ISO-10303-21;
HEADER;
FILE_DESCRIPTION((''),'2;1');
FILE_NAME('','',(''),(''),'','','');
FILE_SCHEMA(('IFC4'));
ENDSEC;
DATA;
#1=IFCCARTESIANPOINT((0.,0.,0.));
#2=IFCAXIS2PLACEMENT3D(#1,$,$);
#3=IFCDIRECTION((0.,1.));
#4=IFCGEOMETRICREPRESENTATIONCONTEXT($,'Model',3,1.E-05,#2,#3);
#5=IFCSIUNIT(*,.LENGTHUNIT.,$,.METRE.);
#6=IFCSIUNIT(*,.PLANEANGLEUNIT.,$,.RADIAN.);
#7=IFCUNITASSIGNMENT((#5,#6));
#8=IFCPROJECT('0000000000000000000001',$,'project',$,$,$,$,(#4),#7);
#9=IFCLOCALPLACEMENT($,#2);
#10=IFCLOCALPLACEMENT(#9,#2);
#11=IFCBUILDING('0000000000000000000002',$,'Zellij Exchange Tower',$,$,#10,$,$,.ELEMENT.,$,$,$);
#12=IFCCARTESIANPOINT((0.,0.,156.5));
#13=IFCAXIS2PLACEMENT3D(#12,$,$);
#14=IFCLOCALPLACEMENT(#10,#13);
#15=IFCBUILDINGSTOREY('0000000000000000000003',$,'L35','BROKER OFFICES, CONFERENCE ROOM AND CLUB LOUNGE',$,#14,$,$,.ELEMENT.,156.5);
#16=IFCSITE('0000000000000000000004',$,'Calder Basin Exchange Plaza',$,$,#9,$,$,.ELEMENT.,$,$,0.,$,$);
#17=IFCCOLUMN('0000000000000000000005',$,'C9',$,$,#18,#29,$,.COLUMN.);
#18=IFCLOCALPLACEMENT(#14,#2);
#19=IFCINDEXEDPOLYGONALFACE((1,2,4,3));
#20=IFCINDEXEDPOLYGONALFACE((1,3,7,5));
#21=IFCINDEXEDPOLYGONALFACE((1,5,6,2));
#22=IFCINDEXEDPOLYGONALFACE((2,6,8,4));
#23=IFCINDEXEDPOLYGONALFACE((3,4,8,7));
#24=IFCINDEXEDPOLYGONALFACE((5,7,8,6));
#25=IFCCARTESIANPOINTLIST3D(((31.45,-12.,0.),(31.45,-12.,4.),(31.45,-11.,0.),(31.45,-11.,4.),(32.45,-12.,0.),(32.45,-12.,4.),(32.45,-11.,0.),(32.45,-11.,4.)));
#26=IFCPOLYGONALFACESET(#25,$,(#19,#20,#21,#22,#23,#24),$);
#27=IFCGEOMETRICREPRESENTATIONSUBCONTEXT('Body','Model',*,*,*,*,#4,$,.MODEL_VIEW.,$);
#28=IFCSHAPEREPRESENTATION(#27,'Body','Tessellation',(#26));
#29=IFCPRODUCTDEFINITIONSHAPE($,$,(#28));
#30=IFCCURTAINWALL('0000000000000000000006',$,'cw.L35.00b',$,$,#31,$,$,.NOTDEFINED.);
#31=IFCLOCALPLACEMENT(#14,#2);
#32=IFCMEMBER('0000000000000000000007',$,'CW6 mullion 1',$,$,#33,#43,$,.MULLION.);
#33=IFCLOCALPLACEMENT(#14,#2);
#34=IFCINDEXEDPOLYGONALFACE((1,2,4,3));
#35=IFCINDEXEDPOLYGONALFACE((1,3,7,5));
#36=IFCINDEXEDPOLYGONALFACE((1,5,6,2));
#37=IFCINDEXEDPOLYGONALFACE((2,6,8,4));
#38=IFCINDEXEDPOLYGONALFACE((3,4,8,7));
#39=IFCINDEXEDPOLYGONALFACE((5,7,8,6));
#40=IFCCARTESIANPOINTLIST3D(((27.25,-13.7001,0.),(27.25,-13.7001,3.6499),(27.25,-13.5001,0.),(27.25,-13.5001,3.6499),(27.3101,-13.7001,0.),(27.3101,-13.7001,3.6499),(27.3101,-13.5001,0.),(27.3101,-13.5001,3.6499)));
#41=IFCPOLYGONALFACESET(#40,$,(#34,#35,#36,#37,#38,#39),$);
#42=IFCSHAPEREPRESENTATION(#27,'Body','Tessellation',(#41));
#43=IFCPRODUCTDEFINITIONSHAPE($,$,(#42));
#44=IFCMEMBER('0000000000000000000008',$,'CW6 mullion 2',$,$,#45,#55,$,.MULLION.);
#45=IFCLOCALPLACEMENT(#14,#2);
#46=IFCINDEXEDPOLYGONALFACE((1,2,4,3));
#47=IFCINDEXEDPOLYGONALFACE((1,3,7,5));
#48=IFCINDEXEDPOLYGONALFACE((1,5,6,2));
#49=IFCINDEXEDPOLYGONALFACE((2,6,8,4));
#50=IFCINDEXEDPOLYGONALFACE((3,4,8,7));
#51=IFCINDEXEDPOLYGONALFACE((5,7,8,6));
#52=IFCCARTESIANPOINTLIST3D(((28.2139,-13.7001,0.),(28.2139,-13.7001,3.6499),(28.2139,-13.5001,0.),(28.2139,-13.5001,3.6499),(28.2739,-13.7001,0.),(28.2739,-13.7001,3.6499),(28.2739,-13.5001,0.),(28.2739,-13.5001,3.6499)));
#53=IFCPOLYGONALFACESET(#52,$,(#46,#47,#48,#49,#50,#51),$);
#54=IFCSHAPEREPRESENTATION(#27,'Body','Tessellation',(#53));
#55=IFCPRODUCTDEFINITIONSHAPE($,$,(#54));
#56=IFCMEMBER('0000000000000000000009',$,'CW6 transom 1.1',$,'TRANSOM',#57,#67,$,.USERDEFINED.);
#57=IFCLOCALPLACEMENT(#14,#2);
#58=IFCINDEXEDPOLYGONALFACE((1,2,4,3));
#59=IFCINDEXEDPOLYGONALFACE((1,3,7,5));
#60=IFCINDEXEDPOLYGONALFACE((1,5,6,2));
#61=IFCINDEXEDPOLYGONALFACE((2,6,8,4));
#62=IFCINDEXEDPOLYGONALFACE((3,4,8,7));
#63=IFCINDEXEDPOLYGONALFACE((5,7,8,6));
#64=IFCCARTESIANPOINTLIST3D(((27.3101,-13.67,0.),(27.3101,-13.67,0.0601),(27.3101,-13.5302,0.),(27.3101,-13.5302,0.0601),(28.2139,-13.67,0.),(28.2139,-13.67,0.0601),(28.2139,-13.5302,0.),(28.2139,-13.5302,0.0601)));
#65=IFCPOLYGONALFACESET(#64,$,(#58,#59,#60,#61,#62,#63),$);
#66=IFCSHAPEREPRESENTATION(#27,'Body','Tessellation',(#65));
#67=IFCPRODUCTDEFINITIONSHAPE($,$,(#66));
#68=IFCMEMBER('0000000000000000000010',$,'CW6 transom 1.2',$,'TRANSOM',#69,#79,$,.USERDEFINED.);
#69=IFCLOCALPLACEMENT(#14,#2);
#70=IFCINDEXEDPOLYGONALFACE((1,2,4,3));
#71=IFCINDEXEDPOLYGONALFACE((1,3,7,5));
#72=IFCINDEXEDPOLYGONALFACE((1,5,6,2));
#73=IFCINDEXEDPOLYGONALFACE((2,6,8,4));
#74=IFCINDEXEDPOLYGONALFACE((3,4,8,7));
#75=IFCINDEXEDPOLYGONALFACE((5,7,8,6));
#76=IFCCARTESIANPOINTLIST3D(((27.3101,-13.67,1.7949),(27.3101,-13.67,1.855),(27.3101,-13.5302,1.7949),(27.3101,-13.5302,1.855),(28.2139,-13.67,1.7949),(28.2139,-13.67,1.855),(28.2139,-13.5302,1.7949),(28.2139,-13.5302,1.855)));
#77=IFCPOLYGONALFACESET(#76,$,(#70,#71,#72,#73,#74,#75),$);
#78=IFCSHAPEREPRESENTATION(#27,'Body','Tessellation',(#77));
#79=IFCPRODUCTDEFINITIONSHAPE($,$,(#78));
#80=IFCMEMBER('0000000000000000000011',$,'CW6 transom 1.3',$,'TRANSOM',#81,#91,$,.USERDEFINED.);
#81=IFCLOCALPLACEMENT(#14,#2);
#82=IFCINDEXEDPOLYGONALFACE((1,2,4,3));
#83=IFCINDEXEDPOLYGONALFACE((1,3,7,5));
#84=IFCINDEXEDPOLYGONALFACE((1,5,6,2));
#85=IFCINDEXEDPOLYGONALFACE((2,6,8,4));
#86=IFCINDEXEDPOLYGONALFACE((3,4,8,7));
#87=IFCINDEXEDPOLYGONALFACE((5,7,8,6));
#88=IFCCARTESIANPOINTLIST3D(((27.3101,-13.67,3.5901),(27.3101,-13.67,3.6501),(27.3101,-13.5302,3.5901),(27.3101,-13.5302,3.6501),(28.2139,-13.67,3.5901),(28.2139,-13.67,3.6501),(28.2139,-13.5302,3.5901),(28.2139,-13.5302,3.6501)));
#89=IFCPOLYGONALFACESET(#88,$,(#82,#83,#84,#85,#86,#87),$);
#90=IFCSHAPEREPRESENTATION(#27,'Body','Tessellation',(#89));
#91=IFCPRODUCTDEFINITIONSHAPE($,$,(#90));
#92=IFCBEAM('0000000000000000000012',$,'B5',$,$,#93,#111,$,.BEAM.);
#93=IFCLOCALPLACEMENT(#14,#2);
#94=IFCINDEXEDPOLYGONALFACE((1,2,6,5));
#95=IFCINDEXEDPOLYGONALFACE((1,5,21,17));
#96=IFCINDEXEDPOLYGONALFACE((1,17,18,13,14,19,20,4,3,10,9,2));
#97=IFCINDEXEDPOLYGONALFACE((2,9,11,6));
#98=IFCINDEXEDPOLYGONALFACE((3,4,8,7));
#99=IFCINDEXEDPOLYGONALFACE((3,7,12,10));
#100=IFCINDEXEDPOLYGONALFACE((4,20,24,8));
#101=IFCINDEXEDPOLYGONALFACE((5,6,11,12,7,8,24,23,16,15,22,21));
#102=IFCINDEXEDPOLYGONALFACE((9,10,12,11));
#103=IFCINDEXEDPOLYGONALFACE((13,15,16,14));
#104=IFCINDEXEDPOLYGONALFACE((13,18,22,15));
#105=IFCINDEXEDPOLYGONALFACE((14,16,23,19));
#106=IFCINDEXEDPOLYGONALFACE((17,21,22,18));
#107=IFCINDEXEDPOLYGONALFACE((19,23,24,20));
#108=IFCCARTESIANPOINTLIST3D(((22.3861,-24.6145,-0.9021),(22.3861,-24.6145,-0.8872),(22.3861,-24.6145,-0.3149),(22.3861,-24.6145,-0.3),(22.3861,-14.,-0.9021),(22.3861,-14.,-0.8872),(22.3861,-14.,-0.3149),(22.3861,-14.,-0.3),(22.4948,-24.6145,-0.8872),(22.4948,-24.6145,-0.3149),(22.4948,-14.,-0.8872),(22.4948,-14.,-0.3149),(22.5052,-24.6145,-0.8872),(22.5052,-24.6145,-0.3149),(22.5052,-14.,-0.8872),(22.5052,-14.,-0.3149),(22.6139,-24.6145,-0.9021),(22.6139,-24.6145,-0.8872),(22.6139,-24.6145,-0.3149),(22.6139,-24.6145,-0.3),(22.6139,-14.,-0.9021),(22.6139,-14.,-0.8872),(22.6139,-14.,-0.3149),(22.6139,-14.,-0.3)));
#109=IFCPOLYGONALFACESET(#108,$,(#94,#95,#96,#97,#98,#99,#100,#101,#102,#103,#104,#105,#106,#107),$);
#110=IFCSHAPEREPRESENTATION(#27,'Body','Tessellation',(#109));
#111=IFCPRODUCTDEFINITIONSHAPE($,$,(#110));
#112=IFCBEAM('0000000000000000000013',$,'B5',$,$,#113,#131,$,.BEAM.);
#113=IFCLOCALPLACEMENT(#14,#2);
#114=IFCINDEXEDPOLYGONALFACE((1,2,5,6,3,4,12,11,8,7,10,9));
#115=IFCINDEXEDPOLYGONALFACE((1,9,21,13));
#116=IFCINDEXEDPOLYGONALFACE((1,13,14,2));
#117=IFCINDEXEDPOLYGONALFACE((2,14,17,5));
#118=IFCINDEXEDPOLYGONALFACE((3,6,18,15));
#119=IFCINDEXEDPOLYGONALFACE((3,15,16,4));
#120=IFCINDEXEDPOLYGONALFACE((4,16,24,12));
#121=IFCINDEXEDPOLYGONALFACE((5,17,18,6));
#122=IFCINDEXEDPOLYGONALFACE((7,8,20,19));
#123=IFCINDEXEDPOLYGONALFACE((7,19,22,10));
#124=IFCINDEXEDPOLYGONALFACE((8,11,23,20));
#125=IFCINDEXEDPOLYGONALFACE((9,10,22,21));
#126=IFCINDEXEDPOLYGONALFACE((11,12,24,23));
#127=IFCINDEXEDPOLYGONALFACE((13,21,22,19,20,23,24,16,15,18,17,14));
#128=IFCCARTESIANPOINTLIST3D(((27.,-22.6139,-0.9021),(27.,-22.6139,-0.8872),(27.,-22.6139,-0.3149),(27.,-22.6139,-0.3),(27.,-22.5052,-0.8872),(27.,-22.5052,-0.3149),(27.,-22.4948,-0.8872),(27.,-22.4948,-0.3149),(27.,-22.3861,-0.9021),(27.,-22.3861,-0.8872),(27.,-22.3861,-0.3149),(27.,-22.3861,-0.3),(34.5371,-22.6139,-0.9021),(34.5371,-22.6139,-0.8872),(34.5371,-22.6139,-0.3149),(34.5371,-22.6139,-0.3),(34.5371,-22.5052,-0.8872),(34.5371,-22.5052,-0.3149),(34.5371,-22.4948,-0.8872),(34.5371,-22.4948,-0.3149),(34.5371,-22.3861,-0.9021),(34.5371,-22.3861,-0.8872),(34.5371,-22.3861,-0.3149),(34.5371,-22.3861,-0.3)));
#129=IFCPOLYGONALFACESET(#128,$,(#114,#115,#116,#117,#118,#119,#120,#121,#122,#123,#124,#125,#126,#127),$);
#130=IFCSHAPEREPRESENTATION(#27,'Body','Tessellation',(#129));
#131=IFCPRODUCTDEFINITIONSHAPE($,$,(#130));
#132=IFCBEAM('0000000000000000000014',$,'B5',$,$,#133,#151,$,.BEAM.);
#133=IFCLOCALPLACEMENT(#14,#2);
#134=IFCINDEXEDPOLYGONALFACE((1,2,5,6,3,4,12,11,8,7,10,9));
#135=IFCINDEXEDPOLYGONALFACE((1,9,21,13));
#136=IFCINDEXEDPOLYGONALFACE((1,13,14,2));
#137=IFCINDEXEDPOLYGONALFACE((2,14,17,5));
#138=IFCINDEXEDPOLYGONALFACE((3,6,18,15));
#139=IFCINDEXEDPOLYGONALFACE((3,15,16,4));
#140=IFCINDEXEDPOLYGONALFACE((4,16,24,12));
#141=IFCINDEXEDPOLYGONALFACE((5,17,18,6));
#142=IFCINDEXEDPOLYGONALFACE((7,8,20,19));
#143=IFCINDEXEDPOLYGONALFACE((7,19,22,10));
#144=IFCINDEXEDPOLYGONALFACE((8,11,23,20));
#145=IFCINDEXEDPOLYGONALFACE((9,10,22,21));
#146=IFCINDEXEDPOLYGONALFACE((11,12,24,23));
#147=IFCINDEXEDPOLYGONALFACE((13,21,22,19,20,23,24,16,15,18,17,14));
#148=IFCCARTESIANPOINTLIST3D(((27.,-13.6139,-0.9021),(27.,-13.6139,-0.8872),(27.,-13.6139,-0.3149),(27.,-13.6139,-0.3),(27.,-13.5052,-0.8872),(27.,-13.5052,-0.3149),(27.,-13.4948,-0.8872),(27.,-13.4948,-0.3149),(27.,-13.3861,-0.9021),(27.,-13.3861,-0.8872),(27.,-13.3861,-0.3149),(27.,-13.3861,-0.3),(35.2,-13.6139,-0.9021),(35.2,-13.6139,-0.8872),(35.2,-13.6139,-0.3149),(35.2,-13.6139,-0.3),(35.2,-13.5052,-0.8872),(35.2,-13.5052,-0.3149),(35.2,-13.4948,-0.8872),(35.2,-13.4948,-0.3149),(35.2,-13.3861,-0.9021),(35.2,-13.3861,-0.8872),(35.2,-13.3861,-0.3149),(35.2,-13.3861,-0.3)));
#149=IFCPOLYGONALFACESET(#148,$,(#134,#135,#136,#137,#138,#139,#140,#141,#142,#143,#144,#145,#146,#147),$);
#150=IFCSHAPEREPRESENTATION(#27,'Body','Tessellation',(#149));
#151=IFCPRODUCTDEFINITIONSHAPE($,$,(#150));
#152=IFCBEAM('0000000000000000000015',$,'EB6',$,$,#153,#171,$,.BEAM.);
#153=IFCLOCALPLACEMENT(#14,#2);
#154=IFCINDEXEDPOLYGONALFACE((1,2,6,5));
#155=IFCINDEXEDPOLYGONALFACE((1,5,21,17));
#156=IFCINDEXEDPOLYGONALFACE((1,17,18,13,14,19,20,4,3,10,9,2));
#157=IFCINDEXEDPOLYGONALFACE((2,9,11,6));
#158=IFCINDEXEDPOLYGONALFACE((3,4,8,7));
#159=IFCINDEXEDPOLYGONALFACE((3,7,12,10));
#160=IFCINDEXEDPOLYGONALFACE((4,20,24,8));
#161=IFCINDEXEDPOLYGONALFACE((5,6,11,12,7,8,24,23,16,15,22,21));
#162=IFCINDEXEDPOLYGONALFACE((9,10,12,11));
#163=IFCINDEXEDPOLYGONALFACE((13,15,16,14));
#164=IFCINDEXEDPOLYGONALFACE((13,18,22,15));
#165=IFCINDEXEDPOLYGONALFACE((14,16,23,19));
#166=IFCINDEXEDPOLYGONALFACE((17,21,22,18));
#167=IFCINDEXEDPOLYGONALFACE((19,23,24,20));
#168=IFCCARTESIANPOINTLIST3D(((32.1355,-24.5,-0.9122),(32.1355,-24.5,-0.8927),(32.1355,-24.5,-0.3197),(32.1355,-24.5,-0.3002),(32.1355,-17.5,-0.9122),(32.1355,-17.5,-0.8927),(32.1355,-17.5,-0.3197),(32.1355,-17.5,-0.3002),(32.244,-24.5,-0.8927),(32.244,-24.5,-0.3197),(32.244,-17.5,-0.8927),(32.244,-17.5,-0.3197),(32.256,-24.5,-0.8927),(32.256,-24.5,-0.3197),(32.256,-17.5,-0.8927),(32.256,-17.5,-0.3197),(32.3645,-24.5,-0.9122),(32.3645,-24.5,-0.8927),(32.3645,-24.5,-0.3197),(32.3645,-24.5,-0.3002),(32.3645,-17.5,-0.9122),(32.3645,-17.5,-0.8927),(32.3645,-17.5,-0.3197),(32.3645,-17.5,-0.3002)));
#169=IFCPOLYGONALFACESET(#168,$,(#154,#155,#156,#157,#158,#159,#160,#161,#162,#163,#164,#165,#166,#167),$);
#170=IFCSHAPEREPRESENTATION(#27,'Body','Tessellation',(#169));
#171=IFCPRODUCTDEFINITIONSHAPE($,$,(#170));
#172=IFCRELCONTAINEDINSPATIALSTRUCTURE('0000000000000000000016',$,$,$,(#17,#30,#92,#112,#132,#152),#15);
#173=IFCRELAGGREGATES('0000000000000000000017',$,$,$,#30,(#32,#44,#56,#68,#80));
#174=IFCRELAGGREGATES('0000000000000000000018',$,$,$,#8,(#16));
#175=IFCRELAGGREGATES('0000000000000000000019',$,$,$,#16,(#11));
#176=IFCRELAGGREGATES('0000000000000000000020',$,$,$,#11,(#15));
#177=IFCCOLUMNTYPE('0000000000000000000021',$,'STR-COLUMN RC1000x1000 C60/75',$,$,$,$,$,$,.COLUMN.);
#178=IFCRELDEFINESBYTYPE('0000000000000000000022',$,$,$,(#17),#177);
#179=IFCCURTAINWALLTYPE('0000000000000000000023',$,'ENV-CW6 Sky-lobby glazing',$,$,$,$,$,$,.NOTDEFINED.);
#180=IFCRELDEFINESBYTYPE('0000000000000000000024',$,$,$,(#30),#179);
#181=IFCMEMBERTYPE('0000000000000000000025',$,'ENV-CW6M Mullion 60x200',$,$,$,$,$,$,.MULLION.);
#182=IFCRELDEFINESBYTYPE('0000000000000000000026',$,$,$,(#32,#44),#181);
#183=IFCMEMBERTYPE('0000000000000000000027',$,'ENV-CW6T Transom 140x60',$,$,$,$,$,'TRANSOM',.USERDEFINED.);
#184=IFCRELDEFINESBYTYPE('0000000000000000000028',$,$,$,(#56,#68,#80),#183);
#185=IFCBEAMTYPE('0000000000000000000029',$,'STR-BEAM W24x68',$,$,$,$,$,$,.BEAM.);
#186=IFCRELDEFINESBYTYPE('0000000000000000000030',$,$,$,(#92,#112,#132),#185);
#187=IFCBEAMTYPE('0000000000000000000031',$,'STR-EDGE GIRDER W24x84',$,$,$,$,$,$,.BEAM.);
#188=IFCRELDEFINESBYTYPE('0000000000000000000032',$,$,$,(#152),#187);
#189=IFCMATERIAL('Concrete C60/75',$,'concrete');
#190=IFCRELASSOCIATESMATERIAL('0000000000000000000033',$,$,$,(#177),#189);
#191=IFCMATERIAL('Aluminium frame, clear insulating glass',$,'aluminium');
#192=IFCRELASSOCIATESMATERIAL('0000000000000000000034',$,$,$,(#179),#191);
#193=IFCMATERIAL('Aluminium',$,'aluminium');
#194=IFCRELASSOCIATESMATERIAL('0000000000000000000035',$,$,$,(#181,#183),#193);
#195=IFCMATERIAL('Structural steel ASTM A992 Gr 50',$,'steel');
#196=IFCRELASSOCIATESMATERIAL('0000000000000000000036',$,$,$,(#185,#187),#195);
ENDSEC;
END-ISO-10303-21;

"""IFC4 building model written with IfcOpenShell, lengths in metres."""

from ifc_helpers import new_model, si_unit, direction, frame, origin, origin_2d, place, context, subcontext, project, spatial, rectangle, i_section, extrude, material, material_profile, profile_set, type_object, element, aggregate, save


model = new_model("IFC4")

# Units and contexts
model_context = context("Model", 3, precision=1e-05, world=origin(), true_north=direction((0.0, 1.0)))
body_context = subcontext(model_context, "Body", "Model", "MODEL_VIEW")
ifc_project = project(units=[si_unit("LENGTHUNIT", "METRE"), si_unit("PLANEANGLEUNIT", "RADIAN")], contexts=[model_context])

# Site, building, storey
site_placement = place(None, origin())
site = spatial("IfcSite", under=ifc_project, at=site_placement, Name="Calder Basin Exchange Plaza", CompositionType="ELEMENT", RefElevation=0.0)
building_placement = place(site_placement, origin())
building = spatial("IfcBuilding", under=site, at=building_placement, Name="Zellij Exchange Tower", CompositionType="ELEMENT")
storey_placement = place(building_placement, frame((0.0, 0.0, 156.5)))
storey = spatial("IfcBuildingStorey", under=building, at=storey_placement, Name="L35", Description="BROKER OFFICES, CONFERENCE ROOM AND CLUB LOUNGE", CompositionType="ELEMENT", Elevation=156.5)

# Column
ifc_material_1 = material(Name="Concrete C60/75", Category="concrete")
ifc_material_profile_1 = material_profile(ifc_material_1, rectangle(XDim=1.0, YDim=1.0, at=origin_2d()), Name="STR-COLUMN RC1000x1000 C60/75")
ifc_profile_set_1 = profile_set([ifc_material_profile_1], Name="Concrete C60/75")
column_type = type_object("IfcColumnType", Name="STR-COLUMN RC1000x1000 C60/75", PredefinedType="COLUMN", material=ifc_profile_set_1)
column_placement = place(storey_placement, frame((31.95, -11.5, 0.0), z_axis=(0.0, 0.0, 1.0), x_axis=(1.0, 0.0, 0.0)))
element("IfcColumn", 1, at=column_placement, inside=storey, type_object=column_type, Name="C9", PredefinedType="COLUMN", context=body_context, shape_type="SweptSolid", body=[
    extrude(rectangle(XDim=1.0, YDim=1.0, at=origin_2d()), origin(), (0.0, 0.0, 1.0), 4.0),
])

# Curtain wall, members
ifc_material_2 = material(Name="Aluminium frame, clear insulating glass", Category="aluminium")
curtain_wall_type = type_object("IfcCurtainWallType", Name="ENV-CW6 Sky-lobby glazing", PredefinedType="NOTDEFINED", material=ifc_material_2)
curtain_wall_placement = place(storey_placement, origin())
curtain_wall = element("IfcCurtainWall", 2, at=curtain_wall_placement, inside=storey, type_object=curtain_wall_type, Name="cw.L35.00b", PredefinedType="NOTDEFINED")
ifc_material_3 = material(Name="Aluminium", Category="aluminium")
ifc_material_profile_2 = material_profile(ifc_material_3, rectangle(XDim=0.0601, YDim=0.2, at=origin_2d()), Name="AL 60x200")
ifc_profile_set_2 = profile_set([ifc_material_profile_2], Name="Aluminium")
member_type_1 = type_object("IfcMemberType", Name="ENV-CW6M Mullion 60x200", PredefinedType="MULLION", material=ifc_profile_set_2)
member_1_placement = place(storey_placement, frame((27.28, -13.6001, 0.0), z_axis=(0.0, 0.0, 1.0), x_axis=(1.0, 0.0, 0.0)))
member_1 = element("IfcMember", 3, at=member_1_placement, type_object=member_type_1, Name="CW6 mullion 1", PredefinedType="MULLION", context=body_context, shape_type="SweptSolid", body=[
    extrude(rectangle(XDim=0.0601, YDim=0.2, at=origin_2d()), origin(), (0.0, 0.0, 1.0), 3.6499),
])
member_2_placement = place(storey_placement, frame((28.2439, -13.6001, 0.0), z_axis=(0.0, 0.0, 1.0), x_axis=(1.0, 0.0, 0.0)))
member_2 = element("IfcMember", 4, at=member_2_placement, type_object=member_type_1, Name="CW6 mullion 2", PredefinedType="MULLION", context=body_context, shape_type="SweptSolid", body=[
    extrude(rectangle(XDim=0.0601, YDim=0.2, at=origin_2d()), origin(), (0.0, 0.0, 1.0), 3.6499),
])
ifc_material_profile_3 = material_profile(ifc_material_3, rectangle(XDim=0.1399, YDim=0.0601, at=origin_2d()), Name="AL 140x60")
ifc_profile_set_3 = profile_set([ifc_material_profile_3], Name="Aluminium")
member_type_2 = type_object("IfcMemberType", Name="ENV-CW6T Transom 140x60", ElementType="TRANSOM", PredefinedType="USERDEFINED", material=ifc_profile_set_3)
member_3_placement = place(storey_placement, frame((27.3101, -13.6001, 0.03), z_axis=(1.0, 0.0, 0.0), x_axis=(0.0, 1.0, 0.0)))
member_3 = element("IfcMember", 5, at=member_3_placement, type_object=member_type_2, Name="CW6 transom 1.1", ObjectType="TRANSOM", PredefinedType="USERDEFINED", context=body_context, shape_type="SweptSolid", body=[
    extrude(rectangle(XDim=0.1399, YDim=0.0601, at=origin_2d()), origin(), (0.0, 0.0, 1.0), 0.9038),
])
member_4_placement = place(storey_placement, frame((27.3101, -13.6001, 1.825), z_axis=(1.0, 0.0, 0.0), x_axis=(0.0, 1.0, 0.0)))
member_4 = element("IfcMember", 6, at=member_4_placement, type_object=member_type_2, Name="CW6 transom 1.2", ObjectType="TRANSOM", PredefinedType="USERDEFINED", context=body_context, shape_type="SweptSolid", body=[
    extrude(rectangle(XDim=0.1399, YDim=0.0601, at=origin_2d()), origin(), (0.0, 0.0, 1.0), 0.9038),
])
member_5_placement = place(storey_placement, frame((27.3101, -13.6001, 3.6201), z_axis=(1.0, 0.0, 0.0), x_axis=(0.0, 1.0, 0.0)))
member_5 = element("IfcMember", 7, at=member_5_placement, type_object=member_type_2, Name="CW6 transom 1.3", ObjectType="TRANSOM", PredefinedType="USERDEFINED", context=body_context, shape_type="SweptSolid", body=[
    extrude(rectangle(XDim=0.1399, YDim=0.0601, at=origin_2d()), origin(), (0.0, 0.0, 1.0), 0.9038),
])

# Beams
ifc_material_4 = material(Name="Structural steel ASTM A992 Gr 50", Category="steel")
ifc_material_profile_4 = material_profile(ifc_material_4, i_section(OverallWidth=0.2278, OverallDepth=0.6021, WebThickness=0.0105, FlangeThickness=0.0149, at=origin_2d()), Name="W24x68")
ifc_profile_set_4 = profile_set([ifc_material_profile_4], Name="Structural steel ASTM A992 Gr 50")
beam_type_1 = type_object("IfcBeamType", Name="STR-BEAM W24x68", PredefinedType="BEAM", material=ifc_profile_set_4)
beam_1_placement = place(storey_placement, frame((22.5, -24.6145, -0.6011), z_axis=(0.0, 1.0, 0.0), x_axis=(-1.0, 0.0, 0.0)))
element("IfcBeam", 8, at=beam_1_placement, inside=storey, type_object=beam_type_1, Name="B5", PredefinedType="BEAM", context=body_context, shape_type="SweptSolid", body=[
    extrude(i_section(OverallWidth=0.2278, OverallDepth=0.6021, WebThickness=0.0105, FlangeThickness=0.0149, at=origin_2d()), origin(), (0.0, 0.0, 1.0), 10.6145),
])
beam_2_placement = place(storey_placement, frame((27.0, -22.5, -0.6011), z_axis=(1.0, 0.0, 0.0), x_axis=(0.0, 1.0, 0.0)))
element("IfcBeam", 9, at=beam_2_placement, inside=storey, type_object=beam_type_1, Name="B5", PredefinedType="BEAM", context=body_context, shape_type="SweptSolid", body=[
    extrude(i_section(OverallWidth=0.2278, OverallDepth=0.6021, WebThickness=0.0105, FlangeThickness=0.0149, at=origin_2d()), origin(), (0.0, 0.0, 1.0), 7.5371),
])
beam_3_placement = place(storey_placement, frame((27.0, -13.5, -0.6011), z_axis=(1.0, 0.0, 0.0), x_axis=(0.0, 1.0, 0.0)))
element("IfcBeam", 10, at=beam_3_placement, inside=storey, type_object=beam_type_1, Name="B5", PredefinedType="BEAM", context=body_context, shape_type="SweptSolid", body=[
    extrude(i_section(OverallWidth=0.2278, OverallDepth=0.6021, WebThickness=0.0105, FlangeThickness=0.0149, at=origin_2d()), origin(), (0.0, 0.0, 1.0), 8.2),
])
ifc_material_profile_5 = material_profile(ifc_material_4, i_section(OverallWidth=0.229, OverallDepth=0.6121, WebThickness=0.012, FlangeThickness=0.0195, at=origin_2d()), Name="W24x84")
ifc_profile_set_5 = profile_set([ifc_material_profile_5], Name="Structural steel ASTM A992 Gr 50")
beam_type_2 = type_object("IfcBeamType", Name="STR-EDGE GIRDER W24x84", PredefinedType="BEAM", material=ifc_profile_set_5)
beam_4_placement = place(storey_placement, frame((32.25, -24.5, -0.6062), z_axis=(0.0, 1.0, 0.0), x_axis=(-1.0, 0.0, 0.0)))
element("IfcBeam", 11, at=beam_4_placement, inside=storey, type_object=beam_type_2, Name="EB6", PredefinedType="BEAM", context=body_context, shape_type="SweptSolid", body=[
    extrude(i_section(OverallWidth=0.229, OverallDepth=0.6121, WebThickness=0.012, FlangeThickness=0.0195, at=origin_2d()), origin(), (0.0, 0.0, 1.0), 7.0),
])

aggregate(curtain_wall, [member_1, member_2, member_3, member_4, member_5])

save(model, "model.ifc")
